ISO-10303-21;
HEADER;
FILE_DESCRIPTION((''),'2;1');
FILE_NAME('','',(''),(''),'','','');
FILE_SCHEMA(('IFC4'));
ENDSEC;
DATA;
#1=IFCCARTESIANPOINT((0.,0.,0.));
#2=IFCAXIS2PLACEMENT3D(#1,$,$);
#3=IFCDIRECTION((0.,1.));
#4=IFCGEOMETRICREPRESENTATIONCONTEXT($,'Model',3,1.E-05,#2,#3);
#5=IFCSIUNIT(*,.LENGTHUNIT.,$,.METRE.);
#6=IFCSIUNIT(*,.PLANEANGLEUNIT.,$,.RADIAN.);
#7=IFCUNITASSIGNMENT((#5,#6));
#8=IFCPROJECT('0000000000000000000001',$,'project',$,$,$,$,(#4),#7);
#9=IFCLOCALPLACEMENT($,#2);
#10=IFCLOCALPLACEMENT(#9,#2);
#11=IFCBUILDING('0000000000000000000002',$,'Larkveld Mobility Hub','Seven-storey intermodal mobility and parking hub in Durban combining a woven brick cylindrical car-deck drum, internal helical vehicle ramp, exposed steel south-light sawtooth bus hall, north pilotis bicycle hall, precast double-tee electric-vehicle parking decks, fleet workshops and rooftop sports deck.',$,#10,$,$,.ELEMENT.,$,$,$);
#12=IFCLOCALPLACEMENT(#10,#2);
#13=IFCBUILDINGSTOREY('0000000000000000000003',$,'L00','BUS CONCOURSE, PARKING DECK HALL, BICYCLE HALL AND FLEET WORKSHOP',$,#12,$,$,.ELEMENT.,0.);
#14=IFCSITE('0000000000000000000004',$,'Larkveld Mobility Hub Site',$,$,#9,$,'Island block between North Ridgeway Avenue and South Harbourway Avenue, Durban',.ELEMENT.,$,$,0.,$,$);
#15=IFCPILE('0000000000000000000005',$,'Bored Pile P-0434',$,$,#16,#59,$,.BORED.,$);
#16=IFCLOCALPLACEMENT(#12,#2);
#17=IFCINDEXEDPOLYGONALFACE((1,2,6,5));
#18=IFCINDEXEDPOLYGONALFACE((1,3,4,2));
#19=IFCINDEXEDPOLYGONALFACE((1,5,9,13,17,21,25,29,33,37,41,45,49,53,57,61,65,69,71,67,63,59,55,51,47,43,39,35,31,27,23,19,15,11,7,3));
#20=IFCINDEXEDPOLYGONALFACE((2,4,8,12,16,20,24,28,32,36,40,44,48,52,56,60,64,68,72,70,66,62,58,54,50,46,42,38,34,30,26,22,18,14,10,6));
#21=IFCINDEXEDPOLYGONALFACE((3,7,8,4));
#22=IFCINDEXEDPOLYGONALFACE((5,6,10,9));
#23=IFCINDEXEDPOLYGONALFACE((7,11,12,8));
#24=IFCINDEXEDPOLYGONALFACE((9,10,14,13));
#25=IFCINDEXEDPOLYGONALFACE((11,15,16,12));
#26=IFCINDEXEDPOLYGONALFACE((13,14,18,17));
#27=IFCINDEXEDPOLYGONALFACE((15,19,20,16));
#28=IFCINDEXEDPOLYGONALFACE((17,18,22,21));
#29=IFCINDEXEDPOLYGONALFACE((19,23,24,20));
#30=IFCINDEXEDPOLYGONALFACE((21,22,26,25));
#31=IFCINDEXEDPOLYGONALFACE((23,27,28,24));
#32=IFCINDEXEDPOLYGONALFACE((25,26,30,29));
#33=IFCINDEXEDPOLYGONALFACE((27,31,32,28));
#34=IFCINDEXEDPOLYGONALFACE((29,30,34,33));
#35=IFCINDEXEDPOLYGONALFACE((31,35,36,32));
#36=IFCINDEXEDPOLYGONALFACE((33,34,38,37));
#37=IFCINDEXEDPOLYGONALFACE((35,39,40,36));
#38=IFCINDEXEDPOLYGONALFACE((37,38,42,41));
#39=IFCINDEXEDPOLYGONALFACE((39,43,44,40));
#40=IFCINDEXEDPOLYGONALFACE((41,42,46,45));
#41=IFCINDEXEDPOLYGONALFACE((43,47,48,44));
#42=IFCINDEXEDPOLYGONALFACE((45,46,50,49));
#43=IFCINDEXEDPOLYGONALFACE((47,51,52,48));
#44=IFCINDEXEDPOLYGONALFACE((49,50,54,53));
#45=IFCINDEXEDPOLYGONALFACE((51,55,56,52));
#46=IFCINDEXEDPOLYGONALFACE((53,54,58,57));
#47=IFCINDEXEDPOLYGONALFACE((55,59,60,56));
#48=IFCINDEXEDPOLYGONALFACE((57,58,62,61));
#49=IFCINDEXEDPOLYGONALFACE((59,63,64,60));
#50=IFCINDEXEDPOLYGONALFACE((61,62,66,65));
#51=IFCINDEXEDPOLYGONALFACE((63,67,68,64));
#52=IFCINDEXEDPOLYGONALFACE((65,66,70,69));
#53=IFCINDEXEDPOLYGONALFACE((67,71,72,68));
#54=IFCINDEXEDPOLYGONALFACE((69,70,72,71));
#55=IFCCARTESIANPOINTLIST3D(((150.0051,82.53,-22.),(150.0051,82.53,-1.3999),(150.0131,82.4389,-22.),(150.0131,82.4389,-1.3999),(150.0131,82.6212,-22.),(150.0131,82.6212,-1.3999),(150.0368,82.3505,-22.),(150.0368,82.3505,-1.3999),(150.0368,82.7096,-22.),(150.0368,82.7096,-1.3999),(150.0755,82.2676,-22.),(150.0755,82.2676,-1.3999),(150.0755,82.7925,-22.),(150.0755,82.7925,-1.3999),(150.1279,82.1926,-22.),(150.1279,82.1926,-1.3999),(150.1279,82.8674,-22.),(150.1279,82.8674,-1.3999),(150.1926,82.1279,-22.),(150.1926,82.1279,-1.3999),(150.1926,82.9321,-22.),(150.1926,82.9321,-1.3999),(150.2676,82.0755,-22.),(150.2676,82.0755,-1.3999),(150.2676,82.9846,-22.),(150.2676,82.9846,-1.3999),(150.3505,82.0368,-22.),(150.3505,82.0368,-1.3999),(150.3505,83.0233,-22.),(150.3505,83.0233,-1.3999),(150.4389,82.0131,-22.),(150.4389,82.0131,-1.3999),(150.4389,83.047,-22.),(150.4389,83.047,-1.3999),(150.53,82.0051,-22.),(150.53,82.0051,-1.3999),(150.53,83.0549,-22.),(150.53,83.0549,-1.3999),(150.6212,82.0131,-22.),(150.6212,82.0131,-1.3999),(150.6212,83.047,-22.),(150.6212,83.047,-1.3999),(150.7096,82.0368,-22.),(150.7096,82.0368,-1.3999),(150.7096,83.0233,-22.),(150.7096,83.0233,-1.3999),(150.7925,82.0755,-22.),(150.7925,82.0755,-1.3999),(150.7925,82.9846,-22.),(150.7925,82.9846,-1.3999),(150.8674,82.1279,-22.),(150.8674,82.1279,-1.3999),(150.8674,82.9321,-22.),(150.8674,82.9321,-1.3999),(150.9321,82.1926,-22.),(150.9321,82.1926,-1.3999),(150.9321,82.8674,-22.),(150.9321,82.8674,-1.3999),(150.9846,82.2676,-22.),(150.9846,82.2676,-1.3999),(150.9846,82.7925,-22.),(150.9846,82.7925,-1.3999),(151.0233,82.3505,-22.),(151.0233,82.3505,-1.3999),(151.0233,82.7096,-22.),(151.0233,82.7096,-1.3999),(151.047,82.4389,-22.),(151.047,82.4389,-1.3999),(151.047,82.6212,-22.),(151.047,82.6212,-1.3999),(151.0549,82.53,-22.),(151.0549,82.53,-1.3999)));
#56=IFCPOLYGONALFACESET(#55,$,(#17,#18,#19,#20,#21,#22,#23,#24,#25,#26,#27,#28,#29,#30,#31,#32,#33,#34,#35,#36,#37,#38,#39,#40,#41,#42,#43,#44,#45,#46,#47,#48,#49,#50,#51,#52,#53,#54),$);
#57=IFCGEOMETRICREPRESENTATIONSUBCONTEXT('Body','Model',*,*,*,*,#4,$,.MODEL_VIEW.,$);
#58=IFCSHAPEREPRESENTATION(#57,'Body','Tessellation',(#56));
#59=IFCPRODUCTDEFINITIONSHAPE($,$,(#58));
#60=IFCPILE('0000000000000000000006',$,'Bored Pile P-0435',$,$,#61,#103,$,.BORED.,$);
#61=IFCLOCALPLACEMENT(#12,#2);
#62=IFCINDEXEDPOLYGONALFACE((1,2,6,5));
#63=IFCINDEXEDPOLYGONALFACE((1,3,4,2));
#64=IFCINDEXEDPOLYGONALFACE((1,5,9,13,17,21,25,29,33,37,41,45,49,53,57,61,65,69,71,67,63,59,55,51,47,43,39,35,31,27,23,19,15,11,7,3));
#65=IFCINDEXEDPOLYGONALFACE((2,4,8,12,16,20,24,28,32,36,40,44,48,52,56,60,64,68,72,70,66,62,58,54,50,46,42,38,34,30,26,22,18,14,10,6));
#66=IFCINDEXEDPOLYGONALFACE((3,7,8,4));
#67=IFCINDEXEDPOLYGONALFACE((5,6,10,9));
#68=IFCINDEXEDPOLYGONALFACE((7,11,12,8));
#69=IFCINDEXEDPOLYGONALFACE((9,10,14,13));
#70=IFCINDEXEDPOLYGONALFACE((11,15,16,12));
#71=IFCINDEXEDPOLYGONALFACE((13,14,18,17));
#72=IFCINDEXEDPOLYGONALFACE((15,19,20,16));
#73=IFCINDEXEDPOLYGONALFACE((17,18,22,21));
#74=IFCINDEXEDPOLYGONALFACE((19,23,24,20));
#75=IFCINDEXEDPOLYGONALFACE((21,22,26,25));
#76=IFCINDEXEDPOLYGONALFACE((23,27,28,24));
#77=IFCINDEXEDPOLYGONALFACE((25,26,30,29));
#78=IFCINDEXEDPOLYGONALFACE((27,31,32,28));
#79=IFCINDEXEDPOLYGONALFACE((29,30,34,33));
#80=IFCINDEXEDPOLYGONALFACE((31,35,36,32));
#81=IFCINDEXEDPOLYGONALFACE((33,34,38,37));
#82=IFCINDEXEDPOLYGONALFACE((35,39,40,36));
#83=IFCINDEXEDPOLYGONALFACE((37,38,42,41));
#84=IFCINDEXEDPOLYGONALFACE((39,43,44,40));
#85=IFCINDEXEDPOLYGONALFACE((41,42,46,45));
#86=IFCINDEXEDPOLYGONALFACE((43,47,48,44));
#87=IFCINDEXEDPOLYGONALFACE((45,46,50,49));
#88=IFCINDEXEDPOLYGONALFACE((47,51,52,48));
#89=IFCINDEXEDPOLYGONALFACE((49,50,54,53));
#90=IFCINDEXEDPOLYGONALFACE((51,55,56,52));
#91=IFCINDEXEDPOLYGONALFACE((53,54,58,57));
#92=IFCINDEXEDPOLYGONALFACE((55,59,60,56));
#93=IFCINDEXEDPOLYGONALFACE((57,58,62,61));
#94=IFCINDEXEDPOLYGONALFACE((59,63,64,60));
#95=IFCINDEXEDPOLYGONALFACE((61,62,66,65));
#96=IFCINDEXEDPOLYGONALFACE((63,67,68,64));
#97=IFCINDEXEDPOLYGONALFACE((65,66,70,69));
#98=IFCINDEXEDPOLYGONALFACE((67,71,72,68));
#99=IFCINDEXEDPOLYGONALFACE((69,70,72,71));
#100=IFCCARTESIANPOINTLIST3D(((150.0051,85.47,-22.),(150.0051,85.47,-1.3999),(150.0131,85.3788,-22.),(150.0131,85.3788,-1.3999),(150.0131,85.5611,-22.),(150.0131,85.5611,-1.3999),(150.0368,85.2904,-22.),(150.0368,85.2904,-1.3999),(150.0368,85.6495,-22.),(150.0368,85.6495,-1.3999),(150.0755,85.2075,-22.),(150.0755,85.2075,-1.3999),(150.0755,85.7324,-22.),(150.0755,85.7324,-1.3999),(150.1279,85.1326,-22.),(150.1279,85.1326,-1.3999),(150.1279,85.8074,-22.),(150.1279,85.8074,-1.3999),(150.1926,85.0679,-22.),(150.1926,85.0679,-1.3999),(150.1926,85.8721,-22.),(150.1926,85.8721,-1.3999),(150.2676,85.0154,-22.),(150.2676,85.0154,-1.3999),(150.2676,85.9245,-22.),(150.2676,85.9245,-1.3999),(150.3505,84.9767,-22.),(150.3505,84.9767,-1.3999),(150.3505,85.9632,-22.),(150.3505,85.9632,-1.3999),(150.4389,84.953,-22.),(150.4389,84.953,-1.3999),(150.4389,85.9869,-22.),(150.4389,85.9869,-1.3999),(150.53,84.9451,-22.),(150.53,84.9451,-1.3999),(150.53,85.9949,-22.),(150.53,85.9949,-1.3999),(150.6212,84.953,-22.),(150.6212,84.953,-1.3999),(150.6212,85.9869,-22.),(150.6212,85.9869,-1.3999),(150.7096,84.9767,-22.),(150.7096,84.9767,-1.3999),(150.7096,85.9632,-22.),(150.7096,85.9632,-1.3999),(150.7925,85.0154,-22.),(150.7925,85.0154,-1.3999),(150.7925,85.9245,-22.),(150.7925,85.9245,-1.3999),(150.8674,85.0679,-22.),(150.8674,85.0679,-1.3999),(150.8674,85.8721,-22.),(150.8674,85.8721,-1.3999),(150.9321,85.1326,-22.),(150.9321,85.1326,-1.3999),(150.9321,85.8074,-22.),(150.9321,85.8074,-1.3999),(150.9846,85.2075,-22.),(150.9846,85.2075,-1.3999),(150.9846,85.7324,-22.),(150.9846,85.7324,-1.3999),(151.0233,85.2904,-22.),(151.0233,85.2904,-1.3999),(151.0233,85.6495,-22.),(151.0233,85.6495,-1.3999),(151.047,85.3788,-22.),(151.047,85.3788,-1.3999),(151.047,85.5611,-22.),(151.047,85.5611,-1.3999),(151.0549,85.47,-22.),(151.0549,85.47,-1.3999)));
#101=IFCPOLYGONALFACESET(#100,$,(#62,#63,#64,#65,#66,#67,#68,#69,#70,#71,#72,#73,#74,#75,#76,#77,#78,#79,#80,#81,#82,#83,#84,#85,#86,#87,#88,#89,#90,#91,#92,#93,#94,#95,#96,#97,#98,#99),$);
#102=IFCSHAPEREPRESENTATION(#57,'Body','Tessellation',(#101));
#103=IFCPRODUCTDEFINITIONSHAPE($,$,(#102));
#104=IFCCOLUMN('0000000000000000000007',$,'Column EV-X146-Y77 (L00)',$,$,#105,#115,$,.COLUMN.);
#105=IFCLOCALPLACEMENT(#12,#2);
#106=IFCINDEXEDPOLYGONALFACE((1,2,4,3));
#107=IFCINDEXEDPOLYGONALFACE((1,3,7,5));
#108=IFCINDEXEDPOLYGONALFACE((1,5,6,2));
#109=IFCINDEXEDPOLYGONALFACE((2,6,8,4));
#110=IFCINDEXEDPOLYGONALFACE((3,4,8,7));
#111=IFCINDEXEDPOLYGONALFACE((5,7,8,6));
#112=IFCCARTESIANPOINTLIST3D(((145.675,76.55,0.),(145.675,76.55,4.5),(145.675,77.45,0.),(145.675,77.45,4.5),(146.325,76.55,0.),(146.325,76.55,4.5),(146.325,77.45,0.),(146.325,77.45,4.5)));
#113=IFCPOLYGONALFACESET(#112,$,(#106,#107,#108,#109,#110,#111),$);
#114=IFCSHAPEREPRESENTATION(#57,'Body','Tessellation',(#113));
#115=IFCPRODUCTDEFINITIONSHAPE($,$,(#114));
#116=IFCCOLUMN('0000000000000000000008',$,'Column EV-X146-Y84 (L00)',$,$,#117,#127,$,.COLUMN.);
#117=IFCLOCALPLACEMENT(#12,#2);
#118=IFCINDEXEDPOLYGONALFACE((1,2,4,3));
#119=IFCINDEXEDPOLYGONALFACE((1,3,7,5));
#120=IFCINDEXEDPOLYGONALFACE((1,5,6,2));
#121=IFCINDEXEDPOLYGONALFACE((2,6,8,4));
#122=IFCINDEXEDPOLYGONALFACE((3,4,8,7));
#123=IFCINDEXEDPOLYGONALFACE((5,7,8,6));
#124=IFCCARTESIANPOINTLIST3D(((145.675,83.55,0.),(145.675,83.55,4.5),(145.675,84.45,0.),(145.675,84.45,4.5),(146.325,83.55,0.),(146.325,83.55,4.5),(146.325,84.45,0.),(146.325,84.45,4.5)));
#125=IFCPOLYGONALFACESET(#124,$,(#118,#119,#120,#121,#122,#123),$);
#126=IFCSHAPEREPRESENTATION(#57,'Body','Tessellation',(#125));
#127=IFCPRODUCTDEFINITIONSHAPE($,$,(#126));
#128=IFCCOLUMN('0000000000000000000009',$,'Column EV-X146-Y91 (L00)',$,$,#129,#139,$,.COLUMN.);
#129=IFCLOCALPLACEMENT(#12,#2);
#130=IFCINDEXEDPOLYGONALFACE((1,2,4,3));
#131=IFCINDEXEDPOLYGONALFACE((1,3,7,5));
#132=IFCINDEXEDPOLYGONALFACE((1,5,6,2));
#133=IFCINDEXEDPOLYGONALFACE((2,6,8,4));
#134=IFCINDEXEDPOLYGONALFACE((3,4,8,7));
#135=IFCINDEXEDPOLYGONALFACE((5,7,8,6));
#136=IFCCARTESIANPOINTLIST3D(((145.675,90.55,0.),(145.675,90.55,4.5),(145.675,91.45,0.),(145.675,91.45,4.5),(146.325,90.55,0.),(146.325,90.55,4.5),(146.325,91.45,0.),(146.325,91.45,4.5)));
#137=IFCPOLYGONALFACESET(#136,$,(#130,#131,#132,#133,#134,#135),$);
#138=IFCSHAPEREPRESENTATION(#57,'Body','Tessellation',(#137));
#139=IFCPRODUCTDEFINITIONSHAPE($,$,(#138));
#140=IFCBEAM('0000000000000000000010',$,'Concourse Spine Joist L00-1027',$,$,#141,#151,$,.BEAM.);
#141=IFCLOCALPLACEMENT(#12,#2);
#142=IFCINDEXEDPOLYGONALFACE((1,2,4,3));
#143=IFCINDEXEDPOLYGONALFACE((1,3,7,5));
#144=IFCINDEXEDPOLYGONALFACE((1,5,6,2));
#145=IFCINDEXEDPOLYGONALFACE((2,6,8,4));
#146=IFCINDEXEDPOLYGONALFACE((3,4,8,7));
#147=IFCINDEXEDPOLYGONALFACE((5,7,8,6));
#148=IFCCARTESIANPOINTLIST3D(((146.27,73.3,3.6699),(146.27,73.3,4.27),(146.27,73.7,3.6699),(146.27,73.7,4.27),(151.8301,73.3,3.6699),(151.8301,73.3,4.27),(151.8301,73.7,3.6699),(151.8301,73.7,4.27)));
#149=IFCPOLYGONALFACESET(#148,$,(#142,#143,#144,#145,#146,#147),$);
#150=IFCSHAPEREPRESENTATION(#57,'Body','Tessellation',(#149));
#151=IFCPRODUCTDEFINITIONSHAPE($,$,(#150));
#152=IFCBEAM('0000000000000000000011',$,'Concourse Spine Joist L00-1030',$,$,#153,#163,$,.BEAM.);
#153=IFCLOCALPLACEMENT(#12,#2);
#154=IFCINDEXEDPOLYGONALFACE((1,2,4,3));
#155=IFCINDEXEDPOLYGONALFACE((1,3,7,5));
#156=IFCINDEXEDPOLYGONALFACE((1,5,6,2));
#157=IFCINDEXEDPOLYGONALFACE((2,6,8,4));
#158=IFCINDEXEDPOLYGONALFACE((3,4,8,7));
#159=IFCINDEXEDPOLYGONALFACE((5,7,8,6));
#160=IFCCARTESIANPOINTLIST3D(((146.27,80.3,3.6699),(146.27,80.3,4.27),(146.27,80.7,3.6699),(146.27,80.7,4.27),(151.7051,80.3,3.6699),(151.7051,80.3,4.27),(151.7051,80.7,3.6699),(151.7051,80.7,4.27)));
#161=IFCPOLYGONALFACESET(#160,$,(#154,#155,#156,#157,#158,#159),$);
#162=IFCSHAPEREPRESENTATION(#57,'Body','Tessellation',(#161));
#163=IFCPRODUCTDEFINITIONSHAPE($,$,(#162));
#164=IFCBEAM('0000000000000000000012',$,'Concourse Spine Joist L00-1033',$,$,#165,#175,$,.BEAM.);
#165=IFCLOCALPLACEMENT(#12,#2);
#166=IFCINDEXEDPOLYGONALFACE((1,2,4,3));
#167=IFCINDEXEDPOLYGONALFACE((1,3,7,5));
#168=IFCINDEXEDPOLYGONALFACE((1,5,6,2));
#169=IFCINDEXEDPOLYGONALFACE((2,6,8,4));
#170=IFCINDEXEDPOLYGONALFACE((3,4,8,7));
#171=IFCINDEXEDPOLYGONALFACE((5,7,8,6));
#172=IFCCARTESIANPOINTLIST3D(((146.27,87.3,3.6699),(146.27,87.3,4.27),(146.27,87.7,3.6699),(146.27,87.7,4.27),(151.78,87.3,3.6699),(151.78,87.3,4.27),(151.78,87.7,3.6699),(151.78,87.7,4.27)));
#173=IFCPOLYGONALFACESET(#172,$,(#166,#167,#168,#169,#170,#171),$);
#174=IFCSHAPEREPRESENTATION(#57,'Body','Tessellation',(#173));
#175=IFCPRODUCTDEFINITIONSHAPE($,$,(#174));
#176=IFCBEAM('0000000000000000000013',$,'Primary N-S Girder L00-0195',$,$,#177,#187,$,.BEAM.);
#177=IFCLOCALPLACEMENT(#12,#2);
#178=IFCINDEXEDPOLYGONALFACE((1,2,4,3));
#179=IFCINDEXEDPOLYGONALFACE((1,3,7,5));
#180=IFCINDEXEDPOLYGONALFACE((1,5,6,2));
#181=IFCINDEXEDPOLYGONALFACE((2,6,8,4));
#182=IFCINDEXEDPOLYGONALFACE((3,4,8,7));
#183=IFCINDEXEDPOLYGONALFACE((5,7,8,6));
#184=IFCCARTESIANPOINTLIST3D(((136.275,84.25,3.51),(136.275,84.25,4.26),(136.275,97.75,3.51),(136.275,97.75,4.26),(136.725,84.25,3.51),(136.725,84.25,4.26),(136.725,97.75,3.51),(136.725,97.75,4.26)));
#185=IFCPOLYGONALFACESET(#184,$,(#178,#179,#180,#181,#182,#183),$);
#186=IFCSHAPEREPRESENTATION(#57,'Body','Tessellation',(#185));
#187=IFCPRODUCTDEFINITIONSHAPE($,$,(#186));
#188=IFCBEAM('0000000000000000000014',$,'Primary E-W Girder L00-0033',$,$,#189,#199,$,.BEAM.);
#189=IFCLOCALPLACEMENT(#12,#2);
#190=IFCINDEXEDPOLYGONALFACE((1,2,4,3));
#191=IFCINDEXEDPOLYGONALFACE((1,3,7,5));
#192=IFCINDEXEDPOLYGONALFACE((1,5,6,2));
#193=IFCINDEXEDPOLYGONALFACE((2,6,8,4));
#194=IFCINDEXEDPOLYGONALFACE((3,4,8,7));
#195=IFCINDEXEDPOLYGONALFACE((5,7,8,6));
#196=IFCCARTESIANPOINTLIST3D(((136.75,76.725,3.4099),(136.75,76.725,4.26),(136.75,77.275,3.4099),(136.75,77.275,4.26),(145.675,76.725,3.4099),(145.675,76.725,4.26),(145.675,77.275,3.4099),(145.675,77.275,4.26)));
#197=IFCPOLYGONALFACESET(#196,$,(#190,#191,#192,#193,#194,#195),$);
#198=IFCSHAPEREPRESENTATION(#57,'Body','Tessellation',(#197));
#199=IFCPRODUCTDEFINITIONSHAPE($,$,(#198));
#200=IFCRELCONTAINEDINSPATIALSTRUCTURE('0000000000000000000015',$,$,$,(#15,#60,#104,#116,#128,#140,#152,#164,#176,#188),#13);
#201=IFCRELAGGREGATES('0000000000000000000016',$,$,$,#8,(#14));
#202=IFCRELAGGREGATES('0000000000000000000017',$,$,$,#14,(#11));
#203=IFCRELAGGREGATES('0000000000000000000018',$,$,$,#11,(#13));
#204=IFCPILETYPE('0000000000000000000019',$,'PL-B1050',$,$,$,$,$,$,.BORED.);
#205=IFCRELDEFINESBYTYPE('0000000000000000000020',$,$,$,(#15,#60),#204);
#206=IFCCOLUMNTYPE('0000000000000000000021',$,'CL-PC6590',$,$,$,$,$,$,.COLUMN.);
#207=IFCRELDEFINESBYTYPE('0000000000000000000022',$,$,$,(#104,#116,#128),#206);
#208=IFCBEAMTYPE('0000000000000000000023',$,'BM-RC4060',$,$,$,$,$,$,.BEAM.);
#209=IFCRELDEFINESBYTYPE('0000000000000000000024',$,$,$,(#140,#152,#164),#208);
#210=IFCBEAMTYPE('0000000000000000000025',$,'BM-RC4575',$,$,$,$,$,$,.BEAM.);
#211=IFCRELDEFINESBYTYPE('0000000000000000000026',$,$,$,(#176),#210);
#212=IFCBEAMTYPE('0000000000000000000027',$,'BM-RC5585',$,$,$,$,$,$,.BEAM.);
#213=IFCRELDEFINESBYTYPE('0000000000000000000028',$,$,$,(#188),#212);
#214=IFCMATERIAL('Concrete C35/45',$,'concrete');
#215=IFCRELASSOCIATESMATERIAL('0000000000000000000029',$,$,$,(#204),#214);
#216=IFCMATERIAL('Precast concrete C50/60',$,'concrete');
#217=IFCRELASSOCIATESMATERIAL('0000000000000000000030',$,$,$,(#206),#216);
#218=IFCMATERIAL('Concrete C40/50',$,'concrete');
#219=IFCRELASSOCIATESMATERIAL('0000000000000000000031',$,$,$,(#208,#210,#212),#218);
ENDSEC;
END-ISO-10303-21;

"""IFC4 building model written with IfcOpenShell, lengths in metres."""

from ifc_helpers import new_model, si_unit, direction, frame, origin, origin_2d, place, context, subcontext, project, spatial, rectangle, circle, extrude, material, material_profile, profile_set, type_object, element, save


model = new_model("IFC4")

# Units and contexts
model_context = context("Model", 3, precision=1e-05, world=origin(), true_north=direction((0.0, 1.0)))
body_context = subcontext(model_context, "Body", "Model", "MODEL_VIEW")
ifc_project = project(units=[si_unit("LENGTHUNIT", "METRE"), si_unit("PLANEANGLEUNIT", "RADIAN")], contexts=[model_context])

# Site, building, storey
site_placement = place(None, origin())
site = spatial("IfcSite", under=ifc_project, at=site_placement, Name="Larkveld Mobility Hub Site", LongName="Island block between North Ridgeway Avenue and South Harbourway Avenue, Durban", CompositionType="ELEMENT", RefElevation=0.0)
building_placement = place(site_placement, origin())
building = spatial("IfcBuilding", under=site, at=building_placement, Name="Larkveld Mobility Hub", Description="Seven-storey intermodal mobility and parking hub in Durban combining a woven brick cylindrical car-deck drum, internal helical vehicle ramp, exposed steel south-light sawtooth bus hall, north pilotis bicycle hall, precast double-tee electric-vehicle parking decks, fleet workshops and rooftop sports deck.", CompositionType="ELEMENT")
storey_placement = place(building_placement, origin())
storey = spatial("IfcBuildingStorey", under=building, at=storey_placement, Name="L00", Description="BUS CONCOURSE, PARKING DECK HALL, BICYCLE HALL AND FLEET WORKSHOP", CompositionType="ELEMENT", Elevation=0.0)

# Shared definitions
ifc_material_1 = material(Name="Concrete C35/45", Category="concrete")

# Piles
ifc_material_profile_1 = material_profile(ifc_material_1, circle(Radius=0.5249, at=origin_2d()), Name="PILE D1050")
ifc_profile_set_1 = profile_set([ifc_material_profile_1], Name="Concrete C35/45")
pile_type_1 = type_object("IfcPileType", Name="PL-B1050", PredefinedType="BORED", material=ifc_profile_set_1)
for number, where, z_axis, x_axis, name in (
    (1, (150.53, 82.53, -1.3999), (0.0, 0.0, -1.0), (1.0, 0.0, 0.0), "Bored Pile P-0434"),
    (2, (150.53, 85.47, -1.3999), (0.0, 0.0, -1.0), (1.0, 0.0, 0.0), "Bored Pile P-0435"),
):
    element("IfcPile", number, at=place(storey_placement, frame(where, z_axis=z_axis, x_axis=x_axis)), inside=storey, type_object=pile_type_1, Name=name, PredefinedType="BORED", context=body_context, shape_type="SweptSolid", body=[
        extrude(circle(Radius=0.5249, at=origin_2d()), origin(), (0.0, 0.0, 1.0), 20.6001),
    ])

# Columns
ifc_material_2 = material(Name="Precast concrete C50/60", Category="concrete")
ifc_material_profile_2 = material_profile(ifc_material_2, rectangle(XDim=0.6499, YDim=0.8999, at=origin_2d()), Name="RC COL 650x900")
ifc_profile_set_2 = profile_set([ifc_material_profile_2], Name="Precast concrete C50/60")
column_type = type_object("IfcColumnType", Name="CL-PC6590", PredefinedType="COLUMN", material=ifc_profile_set_2)
for number, where, z_axis, x_axis, name in (
    (3, (146.0, 77.0, 0.0), (0.0, 0.0, 1.0), (1.0, 0.0, 0.0), "Column EV-X146-Y77 (L00)"),
    (4, (146.0, 84.0, 0.0), (0.0, 0.0, 1.0), (1.0, 0.0, 0.0), "Column EV-X146-Y84 (L00)"),
    (5, (146.0, 91.0, 0.0), (0.0, 0.0, 1.0), (1.0, 0.0, 0.0), "Column EV-X146-Y91 (L00)"),
):
    element("IfcColumn", number, at=place(storey_placement, frame(where, z_axis=z_axis, x_axis=x_axis)), inside=storey, type_object=column_type, Name=name, PredefinedType="COLUMN", context=body_context, shape_type="SweptSolid", body=[
        extrude(rectangle(XDim=0.6499, YDim=0.8999, at=origin_2d()), origin(), (0.0, 0.0, 1.0), 4.5),
    ])

# Beams
ifc_material_3 = material(Name="Concrete C40/50", Category="concrete")
ifc_material_profile_3 = material_profile(ifc_material_3, rectangle(XDim=0.3999, YDim=0.6001, at=origin_2d()), Name="RC BM 400x600")
ifc_profile_set_3 = profile_set([ifc_material_profile_3], Name="Concrete C40/50")
beam_type_1 = type_object("IfcBeamType", Name="BM-RC4060", PredefinedType="BEAM", material=ifc_profile_set_3)
beam_1_placement = place(storey_placement, frame((146.27, 73.5, 3.97), z_axis=(1.0, 0.0, 0.0), x_axis=(0.0, 1.0, 0.0)))
element("IfcBeam", 6, at=beam_1_placement, inside=storey, type_object=beam_type_1, Name="Concourse Spine Joist L00-1027", PredefinedType="BEAM", context=body_context, shape_type="SweptSolid", body=[
    extrude(rectangle(XDim=0.3999, YDim=0.6001, at=origin_2d()), origin(), (0.0, 0.0, 1.0), 5.5601),
])
beam_2_placement = place(storey_placement, frame((146.27, 80.5, 3.97), z_axis=(1.0, 0.0, 0.0), x_axis=(0.0, 1.0, 0.0)))
element("IfcBeam", 7, at=beam_2_placement, inside=storey, type_object=beam_type_1, Name="Concourse Spine Joist L00-1030", PredefinedType="BEAM", context=body_context, shape_type="SweptSolid", body=[
    extrude(rectangle(XDim=0.3999, YDim=0.6001, at=origin_2d()), origin(), (0.0, 0.0, 1.0), 5.4351),
])
beam_3_placement = place(storey_placement, frame((146.27, 87.5, 3.97), z_axis=(1.0, 0.0, 0.0), x_axis=(0.0, 1.0, 0.0)))
element("IfcBeam", 8, at=beam_3_placement, inside=storey, type_object=beam_type_1, Name="Concourse Spine Joist L00-1033", PredefinedType="BEAM", context=body_context, shape_type="SweptSolid", body=[
    extrude(rectangle(XDim=0.3999, YDim=0.6001, at=origin_2d()), origin(), (0.0, 0.0, 1.0), 5.51),
])
ifc_material_profile_4 = material_profile(ifc_material_3, rectangle(XDim=0.45, YDim=0.75, at=origin_2d()), Name="RC BM 450x750")
ifc_profile_set_4 = profile_set([ifc_material_profile_4], Name="Concrete C40/50")
beam_type_2 = type_object("IfcBeamType", Name="BM-RC4575", PredefinedType="BEAM", material=ifc_profile_set_4)
beam_4_placement = place(storey_placement, frame((136.5, 84.25, 3.885), z_axis=(0.0, 1.0, 0.0), x_axis=(-1.0, 0.0, 0.0)))
element("IfcBeam", 9, at=beam_4_placement, inside=storey, type_object=beam_type_2, Name="Primary N-S Girder L00-0195", PredefinedType="BEAM", context=body_context, shape_type="SweptSolid", body=[
    extrude(rectangle(XDim=0.45, YDim=0.75, at=origin_2d()), origin(), (0.0, 0.0, 1.0), 13.5),
])
ifc_material_profile_5 = material_profile(ifc_material_3, rectangle(XDim=0.55, YDim=0.8501, at=origin_2d()), Name="RC BM 550x850")
ifc_profile_set_5 = profile_set([ifc_material_profile_5], Name="Concrete C40/50")
beam_type_3 = type_object("IfcBeamType", Name="BM-RC5585", PredefinedType="BEAM", material=ifc_profile_set_5)
beam_5_placement = place(storey_placement, frame((136.75, 77.0, 3.835), z_axis=(1.0, 0.0, 0.0), x_axis=(0.0, 1.0, 0.0)))
element("IfcBeam", 10, at=beam_5_placement, inside=storey, type_object=beam_type_3, Name="Primary E-W Girder L00-0033", PredefinedType="BEAM", context=body_context, shape_type="SweptSolid", body=[
    extrude(rectangle(XDim=0.55, YDim=0.8501, at=origin_2d()), origin(), (0.0, 0.0, 1.0), 8.925),
])

save(model, "model.ifc")
